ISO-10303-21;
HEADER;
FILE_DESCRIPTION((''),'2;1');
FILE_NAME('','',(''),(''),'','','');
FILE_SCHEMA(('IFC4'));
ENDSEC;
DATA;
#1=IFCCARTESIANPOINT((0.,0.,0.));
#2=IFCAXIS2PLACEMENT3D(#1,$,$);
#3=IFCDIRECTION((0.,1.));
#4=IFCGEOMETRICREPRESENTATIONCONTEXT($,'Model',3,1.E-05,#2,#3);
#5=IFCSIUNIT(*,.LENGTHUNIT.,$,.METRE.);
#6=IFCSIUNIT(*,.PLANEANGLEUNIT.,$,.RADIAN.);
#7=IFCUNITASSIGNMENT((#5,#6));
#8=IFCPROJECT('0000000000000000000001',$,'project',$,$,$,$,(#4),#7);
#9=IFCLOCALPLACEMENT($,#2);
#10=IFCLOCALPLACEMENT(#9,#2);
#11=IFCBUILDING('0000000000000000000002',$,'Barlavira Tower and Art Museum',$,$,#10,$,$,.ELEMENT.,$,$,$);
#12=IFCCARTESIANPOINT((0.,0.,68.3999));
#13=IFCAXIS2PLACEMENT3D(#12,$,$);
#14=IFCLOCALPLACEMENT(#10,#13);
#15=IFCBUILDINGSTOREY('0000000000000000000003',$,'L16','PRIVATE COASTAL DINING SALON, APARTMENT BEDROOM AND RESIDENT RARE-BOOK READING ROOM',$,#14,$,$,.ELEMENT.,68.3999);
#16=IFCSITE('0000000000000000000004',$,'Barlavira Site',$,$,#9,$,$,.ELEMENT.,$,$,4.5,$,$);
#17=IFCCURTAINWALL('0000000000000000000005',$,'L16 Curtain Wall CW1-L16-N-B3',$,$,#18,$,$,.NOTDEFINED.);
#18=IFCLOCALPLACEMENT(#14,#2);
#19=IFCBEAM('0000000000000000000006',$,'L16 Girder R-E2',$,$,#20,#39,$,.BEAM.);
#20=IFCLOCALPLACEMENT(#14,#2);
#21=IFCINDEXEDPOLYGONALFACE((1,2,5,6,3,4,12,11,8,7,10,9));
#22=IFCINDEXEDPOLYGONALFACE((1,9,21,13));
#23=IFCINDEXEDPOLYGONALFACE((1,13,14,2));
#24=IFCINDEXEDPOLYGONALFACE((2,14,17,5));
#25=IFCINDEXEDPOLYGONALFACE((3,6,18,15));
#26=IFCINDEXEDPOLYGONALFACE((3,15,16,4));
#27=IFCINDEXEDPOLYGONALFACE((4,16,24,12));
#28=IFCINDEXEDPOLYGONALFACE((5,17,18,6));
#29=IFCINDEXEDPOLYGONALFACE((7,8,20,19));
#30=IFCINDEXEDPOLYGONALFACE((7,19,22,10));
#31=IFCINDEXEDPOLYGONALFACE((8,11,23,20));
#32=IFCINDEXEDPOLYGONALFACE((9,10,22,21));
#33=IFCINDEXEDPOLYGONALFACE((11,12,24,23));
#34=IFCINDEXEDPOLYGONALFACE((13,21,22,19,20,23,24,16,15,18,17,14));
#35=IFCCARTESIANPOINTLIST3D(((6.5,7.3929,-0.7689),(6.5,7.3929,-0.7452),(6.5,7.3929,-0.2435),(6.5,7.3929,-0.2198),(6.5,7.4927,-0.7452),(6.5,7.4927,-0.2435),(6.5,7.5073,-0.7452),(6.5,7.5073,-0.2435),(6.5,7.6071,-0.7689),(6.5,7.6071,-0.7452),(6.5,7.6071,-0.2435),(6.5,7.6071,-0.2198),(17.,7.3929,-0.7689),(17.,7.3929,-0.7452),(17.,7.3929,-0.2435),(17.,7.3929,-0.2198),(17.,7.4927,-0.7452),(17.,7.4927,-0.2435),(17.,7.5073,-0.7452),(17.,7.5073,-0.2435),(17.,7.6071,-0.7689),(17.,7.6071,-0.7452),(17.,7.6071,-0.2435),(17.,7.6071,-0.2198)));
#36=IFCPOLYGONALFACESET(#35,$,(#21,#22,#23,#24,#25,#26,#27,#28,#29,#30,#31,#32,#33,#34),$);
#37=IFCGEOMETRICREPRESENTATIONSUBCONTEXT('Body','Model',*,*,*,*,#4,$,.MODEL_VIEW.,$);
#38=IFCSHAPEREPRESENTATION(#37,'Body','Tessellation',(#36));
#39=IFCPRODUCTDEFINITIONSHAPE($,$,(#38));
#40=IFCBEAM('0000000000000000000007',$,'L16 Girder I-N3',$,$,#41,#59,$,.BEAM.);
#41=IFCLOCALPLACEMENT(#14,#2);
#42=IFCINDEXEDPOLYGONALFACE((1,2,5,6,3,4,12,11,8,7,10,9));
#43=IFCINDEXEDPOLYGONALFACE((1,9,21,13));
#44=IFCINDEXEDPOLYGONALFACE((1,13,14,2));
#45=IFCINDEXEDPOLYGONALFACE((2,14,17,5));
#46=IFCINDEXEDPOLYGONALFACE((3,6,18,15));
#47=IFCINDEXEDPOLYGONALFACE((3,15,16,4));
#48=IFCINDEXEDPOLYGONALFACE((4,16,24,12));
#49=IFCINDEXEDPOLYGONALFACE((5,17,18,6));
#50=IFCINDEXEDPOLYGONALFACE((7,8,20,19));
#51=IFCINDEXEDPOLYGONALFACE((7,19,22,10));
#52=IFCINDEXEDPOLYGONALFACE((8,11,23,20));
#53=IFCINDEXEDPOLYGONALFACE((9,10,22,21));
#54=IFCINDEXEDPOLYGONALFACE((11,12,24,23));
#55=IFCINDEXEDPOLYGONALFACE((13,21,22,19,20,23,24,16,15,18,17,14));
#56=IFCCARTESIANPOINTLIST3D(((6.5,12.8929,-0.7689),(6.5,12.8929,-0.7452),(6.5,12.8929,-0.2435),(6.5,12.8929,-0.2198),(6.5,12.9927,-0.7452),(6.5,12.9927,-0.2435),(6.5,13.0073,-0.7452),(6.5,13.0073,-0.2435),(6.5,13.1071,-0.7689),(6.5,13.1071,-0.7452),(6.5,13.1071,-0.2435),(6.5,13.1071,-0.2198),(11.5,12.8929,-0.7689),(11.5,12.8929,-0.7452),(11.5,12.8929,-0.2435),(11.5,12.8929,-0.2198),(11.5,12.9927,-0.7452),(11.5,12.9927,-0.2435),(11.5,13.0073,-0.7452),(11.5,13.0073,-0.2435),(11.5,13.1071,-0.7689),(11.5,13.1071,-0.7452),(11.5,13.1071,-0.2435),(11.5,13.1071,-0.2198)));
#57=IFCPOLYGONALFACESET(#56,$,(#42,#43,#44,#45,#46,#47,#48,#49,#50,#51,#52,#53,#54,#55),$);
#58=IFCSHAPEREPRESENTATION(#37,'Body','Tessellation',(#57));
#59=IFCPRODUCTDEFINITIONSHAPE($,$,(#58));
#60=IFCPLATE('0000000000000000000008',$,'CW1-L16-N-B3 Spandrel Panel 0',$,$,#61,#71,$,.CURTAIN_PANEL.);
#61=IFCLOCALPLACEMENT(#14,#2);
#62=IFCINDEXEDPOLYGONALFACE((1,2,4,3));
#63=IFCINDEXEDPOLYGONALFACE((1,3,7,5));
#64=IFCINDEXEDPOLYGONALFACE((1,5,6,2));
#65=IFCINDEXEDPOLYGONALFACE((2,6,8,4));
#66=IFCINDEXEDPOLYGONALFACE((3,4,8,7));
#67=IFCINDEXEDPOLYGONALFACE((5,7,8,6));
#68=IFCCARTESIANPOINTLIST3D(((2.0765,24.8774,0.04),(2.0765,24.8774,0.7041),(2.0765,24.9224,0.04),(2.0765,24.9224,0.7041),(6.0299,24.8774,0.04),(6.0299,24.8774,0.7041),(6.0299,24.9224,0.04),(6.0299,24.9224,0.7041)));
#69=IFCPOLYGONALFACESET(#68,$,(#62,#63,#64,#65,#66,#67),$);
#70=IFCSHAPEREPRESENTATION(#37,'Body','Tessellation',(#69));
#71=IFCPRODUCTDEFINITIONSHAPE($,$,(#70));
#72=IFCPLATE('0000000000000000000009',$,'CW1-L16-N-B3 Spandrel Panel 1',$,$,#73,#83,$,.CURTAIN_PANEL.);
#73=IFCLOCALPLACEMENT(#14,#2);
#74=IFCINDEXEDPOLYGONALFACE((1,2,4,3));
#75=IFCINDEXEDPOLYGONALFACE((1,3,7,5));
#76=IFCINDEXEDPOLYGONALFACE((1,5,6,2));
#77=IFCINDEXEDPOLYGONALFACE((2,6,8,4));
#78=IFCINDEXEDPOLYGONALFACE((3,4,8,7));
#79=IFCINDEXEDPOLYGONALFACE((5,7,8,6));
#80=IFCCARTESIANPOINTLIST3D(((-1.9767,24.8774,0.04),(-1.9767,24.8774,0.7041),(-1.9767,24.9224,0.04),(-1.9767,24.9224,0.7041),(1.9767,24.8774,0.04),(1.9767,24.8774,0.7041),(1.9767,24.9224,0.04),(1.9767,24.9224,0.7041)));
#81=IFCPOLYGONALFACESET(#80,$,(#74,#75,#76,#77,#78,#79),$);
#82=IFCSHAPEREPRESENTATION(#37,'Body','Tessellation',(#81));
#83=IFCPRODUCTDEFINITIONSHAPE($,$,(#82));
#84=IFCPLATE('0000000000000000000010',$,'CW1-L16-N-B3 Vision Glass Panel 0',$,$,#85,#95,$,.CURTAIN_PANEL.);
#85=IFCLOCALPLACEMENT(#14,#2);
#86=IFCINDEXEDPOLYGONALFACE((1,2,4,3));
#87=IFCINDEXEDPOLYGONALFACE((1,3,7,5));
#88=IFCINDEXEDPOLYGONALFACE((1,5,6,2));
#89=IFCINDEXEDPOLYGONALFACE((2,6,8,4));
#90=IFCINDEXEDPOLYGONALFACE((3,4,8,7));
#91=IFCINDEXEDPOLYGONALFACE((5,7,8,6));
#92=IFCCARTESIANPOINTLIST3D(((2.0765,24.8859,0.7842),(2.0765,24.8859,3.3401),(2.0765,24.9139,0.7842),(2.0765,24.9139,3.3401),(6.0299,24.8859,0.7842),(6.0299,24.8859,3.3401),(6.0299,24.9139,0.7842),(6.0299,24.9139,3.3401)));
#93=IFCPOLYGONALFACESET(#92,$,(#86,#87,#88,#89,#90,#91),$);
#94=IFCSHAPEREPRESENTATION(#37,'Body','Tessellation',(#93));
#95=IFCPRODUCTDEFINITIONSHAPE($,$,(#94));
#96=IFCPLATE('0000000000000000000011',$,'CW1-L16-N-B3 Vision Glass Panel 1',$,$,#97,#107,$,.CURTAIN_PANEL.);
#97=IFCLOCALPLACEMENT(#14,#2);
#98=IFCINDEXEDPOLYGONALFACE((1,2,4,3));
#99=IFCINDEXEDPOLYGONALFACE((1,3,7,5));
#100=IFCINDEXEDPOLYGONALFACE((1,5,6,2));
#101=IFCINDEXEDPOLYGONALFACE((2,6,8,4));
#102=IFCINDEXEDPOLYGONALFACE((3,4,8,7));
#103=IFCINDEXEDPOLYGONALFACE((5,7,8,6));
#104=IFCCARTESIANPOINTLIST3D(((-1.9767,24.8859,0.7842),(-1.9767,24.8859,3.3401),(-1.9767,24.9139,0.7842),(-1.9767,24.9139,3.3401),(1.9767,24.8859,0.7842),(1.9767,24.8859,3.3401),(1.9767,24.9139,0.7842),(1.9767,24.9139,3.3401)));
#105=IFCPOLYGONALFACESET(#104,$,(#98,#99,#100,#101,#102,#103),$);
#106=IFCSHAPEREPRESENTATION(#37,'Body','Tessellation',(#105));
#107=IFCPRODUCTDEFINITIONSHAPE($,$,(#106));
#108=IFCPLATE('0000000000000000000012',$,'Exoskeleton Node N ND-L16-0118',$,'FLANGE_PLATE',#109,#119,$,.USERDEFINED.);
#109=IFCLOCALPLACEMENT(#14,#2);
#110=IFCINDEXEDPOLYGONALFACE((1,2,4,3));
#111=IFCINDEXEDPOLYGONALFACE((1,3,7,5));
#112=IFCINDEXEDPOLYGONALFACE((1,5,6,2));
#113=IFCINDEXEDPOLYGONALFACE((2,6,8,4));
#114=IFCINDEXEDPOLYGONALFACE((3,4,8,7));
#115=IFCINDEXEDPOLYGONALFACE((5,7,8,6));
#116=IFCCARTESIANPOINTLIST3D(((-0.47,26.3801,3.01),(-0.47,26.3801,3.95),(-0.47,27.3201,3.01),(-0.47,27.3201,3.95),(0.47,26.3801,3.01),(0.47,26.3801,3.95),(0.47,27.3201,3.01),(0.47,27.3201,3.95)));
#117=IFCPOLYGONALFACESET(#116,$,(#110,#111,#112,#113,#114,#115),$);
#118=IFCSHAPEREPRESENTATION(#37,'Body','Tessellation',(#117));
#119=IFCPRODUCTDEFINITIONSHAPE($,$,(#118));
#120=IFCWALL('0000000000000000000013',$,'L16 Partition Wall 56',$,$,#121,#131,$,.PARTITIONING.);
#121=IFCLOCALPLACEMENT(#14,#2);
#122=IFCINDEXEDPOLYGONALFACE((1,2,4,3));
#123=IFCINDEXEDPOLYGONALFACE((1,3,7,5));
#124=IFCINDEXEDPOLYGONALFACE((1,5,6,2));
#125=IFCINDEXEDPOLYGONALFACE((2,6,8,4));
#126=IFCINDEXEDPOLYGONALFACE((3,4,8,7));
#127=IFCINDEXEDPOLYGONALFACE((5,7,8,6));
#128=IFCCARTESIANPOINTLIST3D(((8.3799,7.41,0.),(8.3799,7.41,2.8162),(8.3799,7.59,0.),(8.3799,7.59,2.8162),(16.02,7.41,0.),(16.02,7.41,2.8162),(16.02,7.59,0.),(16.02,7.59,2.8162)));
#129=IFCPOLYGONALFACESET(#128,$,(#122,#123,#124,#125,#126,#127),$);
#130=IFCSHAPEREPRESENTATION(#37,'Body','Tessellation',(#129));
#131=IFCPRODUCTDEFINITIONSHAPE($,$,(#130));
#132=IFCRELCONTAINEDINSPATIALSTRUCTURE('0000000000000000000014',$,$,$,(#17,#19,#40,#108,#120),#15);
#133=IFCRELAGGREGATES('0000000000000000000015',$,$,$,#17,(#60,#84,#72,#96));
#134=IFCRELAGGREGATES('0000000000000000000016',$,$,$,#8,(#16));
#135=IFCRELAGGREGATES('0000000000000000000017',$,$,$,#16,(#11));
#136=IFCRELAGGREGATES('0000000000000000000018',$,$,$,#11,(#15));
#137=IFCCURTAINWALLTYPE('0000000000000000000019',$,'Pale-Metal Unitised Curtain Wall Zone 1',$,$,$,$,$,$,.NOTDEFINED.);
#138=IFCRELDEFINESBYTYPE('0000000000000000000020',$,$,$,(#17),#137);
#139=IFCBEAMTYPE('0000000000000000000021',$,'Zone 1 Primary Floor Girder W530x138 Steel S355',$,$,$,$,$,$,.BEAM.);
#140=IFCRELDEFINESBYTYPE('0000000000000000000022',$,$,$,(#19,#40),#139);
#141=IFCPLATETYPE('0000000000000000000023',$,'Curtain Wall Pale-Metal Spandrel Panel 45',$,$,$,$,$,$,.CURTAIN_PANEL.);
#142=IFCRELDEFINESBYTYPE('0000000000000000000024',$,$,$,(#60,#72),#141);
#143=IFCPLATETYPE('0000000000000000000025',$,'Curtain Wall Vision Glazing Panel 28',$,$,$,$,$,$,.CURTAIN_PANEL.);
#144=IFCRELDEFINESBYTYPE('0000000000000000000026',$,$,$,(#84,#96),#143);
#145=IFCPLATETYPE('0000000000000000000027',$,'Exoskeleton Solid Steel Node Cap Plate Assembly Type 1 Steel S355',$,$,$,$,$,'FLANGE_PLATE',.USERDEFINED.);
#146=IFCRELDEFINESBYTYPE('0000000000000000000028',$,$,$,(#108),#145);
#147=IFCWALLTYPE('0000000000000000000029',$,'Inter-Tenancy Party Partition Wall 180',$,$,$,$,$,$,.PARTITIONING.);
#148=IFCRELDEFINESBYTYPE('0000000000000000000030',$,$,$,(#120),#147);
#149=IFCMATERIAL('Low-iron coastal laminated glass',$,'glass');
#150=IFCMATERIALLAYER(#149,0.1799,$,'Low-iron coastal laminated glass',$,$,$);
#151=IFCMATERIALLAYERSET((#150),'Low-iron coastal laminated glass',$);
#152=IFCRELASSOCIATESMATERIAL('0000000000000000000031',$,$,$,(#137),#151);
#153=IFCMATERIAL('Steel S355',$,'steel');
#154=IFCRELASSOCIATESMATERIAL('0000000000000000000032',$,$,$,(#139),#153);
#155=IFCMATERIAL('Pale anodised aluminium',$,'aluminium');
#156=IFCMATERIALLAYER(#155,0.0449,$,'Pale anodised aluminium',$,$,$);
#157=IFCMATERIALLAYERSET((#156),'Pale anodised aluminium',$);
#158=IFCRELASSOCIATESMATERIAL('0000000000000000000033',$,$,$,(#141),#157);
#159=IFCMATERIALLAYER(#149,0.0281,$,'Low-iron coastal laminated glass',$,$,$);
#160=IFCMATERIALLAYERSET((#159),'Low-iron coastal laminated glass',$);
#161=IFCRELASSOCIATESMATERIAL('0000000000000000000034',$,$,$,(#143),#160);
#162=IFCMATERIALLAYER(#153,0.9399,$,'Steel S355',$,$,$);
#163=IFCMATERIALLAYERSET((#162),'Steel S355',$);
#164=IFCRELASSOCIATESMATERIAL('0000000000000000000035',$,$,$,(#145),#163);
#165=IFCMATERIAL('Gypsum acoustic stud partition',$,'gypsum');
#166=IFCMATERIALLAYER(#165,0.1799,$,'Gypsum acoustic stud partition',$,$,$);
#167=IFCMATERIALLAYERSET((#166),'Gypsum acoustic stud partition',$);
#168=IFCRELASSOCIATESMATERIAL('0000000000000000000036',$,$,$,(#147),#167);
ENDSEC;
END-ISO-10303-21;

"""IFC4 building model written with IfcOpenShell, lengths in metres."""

from ifc_helpers import new_model, si_unit, direction, frame, frame_2d, origin, origin_2d, place, context, subcontext, project, spatial, rectangle, i_section, extrude, material, layer, layer_set, material_profile, profile_set, type_object, element, aggregate, save


model = new_model("IFC4")

# Units and contexts
model_context = context("Model", 3, precision=1e-05, world=origin(), true_north=direction((0.0, 1.0)))
body_context = subcontext(model_context, "Body", "Model", "MODEL_VIEW")
ifc_project = project(units=[si_unit("LENGTHUNIT", "METRE"), si_unit("PLANEANGLEUNIT", "RADIAN")], contexts=[model_context])

# Site, building, storey
site_placement = place(None, origin())
site = spatial("IfcSite", under=ifc_project, at=site_placement, Name="Barlavira Site", CompositionType="ELEMENT", RefElevation=4.5)
building_placement = place(site_placement, origin())
building = spatial("IfcBuilding", under=site, at=building_placement, Name="Barlavira Tower and Art Museum", CompositionType="ELEMENT")
storey_placement = place(building_placement, frame((0.0, 0.0, 68.3999)))
storey = spatial("IfcBuildingStorey", under=building, at=storey_placement, Name="L16", Description="PRIVATE COASTAL DINING SALON, APARTMENT BEDROOM AND RESIDENT RARE-BOOK READING ROOM", CompositionType="ELEMENT", Elevation=68.3999)

# Curtain wall
ifc_material_1 = material(Name="Low-iron coastal laminated glass", Category="glass")
ifc_layer_1 = layer(ifc_material_1, 0.1799, Name="Low-iron coastal laminated glass")
ifc_layer_set_1 = layer_set([ifc_layer_1], Name="Low-iron coastal laminated glass")
curtain_wall_type = type_object("IfcCurtainWallType", Name="Pale-Metal Unitised Curtain Wall Zone 1", PredefinedType="NOTDEFINED", material=ifc_layer_set_1)
curtain_wall_placement = place(storey_placement, origin())
curtain_wall = element("IfcCurtainWall", 1, at=curtain_wall_placement, inside=storey, type_object=curtain_wall_type, Name="L16 Curtain Wall CW1-L16-N-B3", PredefinedType="NOTDEFINED")
ifc_material_2 = material(Name="Pale anodised aluminium", Category="aluminium")

# Shared definitions
ifc_material_3 = material(Name="Steel S355", Category="steel")

# Beams
ifc_material_profile_1 = material_profile(ifc_material_3, i_section(OverallWidth=0.2141, OverallDepth=0.5491, WebThickness=0.0146, FlangeThickness=0.0237, at=origin_2d()), Name="W530x138.0")
ifc_profile_set_1 = profile_set([ifc_material_profile_1], Name="Steel S355")
beam_type_1 = type_object("IfcBeamType", Name="Zone 1 Primary Floor Girder W530x138 Steel S355", PredefinedType="BEAM", material=ifc_profile_set_1)
beam_1_placement = place(storey_placement, frame((6.5, 7.5, -0.4944), z_axis=(1.0, 0.0, 0.0), x_axis=(0.0, 1.0, 0.0)))
element("IfcBeam", 2, at=beam_1_placement, inside=storey, type_object=beam_type_1, Name="L16 Girder R-E2", PredefinedType="BEAM", context=body_context, shape_type="SweptSolid", body=[
    extrude(i_section(OverallWidth=0.2141, OverallDepth=0.5491, WebThickness=0.0146, FlangeThickness=0.0237, at=origin_2d()), origin(), (0.0, 0.0, 1.0), 10.5),
])
beam_2_placement = place(storey_placement, frame((6.5, 13.0, -0.4944), z_axis=(1.0, 0.0, 0.0), x_axis=(0.0, 1.0, 0.0)))
element("IfcBeam", 3, at=beam_2_placement, inside=storey, type_object=beam_type_1, Name="L16 Girder I-N3", PredefinedType="BEAM", context=body_context, shape_type="SweptSolid", body=[
    extrude(i_section(OverallWidth=0.2141, OverallDepth=0.5491, WebThickness=0.0146, FlangeThickness=0.0237, at=origin_2d()), origin(), (0.0, 0.0, 1.0), 5.0),
])

# Plates
ifc_layer_2 = layer(ifc_material_2, 0.0449, Name="Pale anodised aluminium")
ifc_layer_set_2 = layer_set([ifc_layer_2], Name="Pale anodised aluminium")
plate_type_1 = type_object("IfcPlateType", Name="Curtain Wall Pale-Metal Spandrel Panel 45", PredefinedType="CURTAIN_PANEL", material=ifc_layer_set_2)
plate_1_placement = place(storey_placement, frame((4.0532, 24.8999, 0.04), z_axis=(0.0, 0.0, 1.0), x_axis=(-1.0, 0.0, 0.0)))
plate_1 = element("IfcPlate", 4, at=plate_1_placement, type_object=plate_type_1, Name="CW1-L16-N-B3 Spandrel Panel 0", PredefinedType="CURTAIN_PANEL", context=body_context, shape_type="SweptSolid", body=[
    extrude(rectangle(XDim=3.9534, YDim=0.0449, at=origin_2d()), origin(), (0.0, 0.0, 1.0), 0.6641),
])
plate_2_placement = place(storey_placement, frame((0.0, 24.8999, 0.04), z_axis=(0.0, 0.0, 1.0), x_axis=(-1.0, 0.0, 0.0)))
plate_2 = element("IfcPlate", 5, at=plate_2_placement, type_object=plate_type_1, Name="CW1-L16-N-B3 Spandrel Panel 1", PredefinedType="CURTAIN_PANEL", context=body_context, shape_type="SweptSolid", body=[
    extrude(rectangle(XDim=3.9534, YDim=0.0449, at=origin_2d()), origin(), (0.0, 0.0, 1.0), 0.6641),
])
ifc_layer_3 = layer(ifc_material_1, 0.0281, Name="Low-iron coastal laminated glass")
ifc_layer_set_3 = layer_set([ifc_layer_3], Name="Low-iron coastal laminated glass")
plate_type_2 = type_object("IfcPlateType", Name="Curtain Wall Vision Glazing Panel 28", PredefinedType="CURTAIN_PANEL", material=ifc_layer_set_3)
plate_3_placement = place(storey_placement, frame((4.0532, 24.8999, 0.7842), z_axis=(0.0, 0.0, 1.0), x_axis=(-1.0, 0.0, 0.0)))
plate_3 = element("IfcPlate", 6, at=plate_3_placement, type_object=plate_type_2, Name="CW1-L16-N-B3 Vision Glass Panel 0", PredefinedType="CURTAIN_PANEL", context=body_context, shape_type="SweptSolid", body=[
    extrude(rectangle(XDim=3.9534, YDim=0.0281, at=origin_2d()), origin(), (0.0, 0.0, 1.0), 2.5559),
])
plate_4_placement = place(storey_placement, frame((0.0, 24.8999, 0.7842), z_axis=(0.0, 0.0, 1.0), x_axis=(-1.0, 0.0, 0.0)))
plate_4 = element("IfcPlate", 7, at=plate_4_placement, type_object=plate_type_2, Name="CW1-L16-N-B3 Vision Glass Panel 1", PredefinedType="CURTAIN_PANEL", context=body_context, shape_type="SweptSolid", body=[
    extrude(rectangle(XDim=3.9534, YDim=0.0281, at=origin_2d()), origin(), (0.0, 0.0, 1.0), 2.5559),
])
aggregate(curtain_wall, [plate_1, plate_3, plate_2, plate_4])
ifc_layer_4 = layer(ifc_material_3, 0.9399, Name="Steel S355")
ifc_layer_set_4 = layer_set([ifc_layer_4], Name="Steel S355")
plate_type_3 = type_object("IfcPlateType", Name="Exoskeleton Solid Steel Node Cap Plate Assembly Type 1 Steel S355", ElementType="FLANGE_PLATE", PredefinedType="USERDEFINED", material=ifc_layer_set_4)
plate_5_placement = place(storey_placement, frame((0.0, 26.8501, 3.01), z_axis=(0.0, 0.0, 1.0), x_axis=(1.0, 0.0, 0.0)))
element("IfcPlate", 8, at=plate_5_placement, inside=storey, type_object=plate_type_3, Name="Exoskeleton Node N ND-L16-0118", ObjectType="FLANGE_PLATE", PredefinedType="USERDEFINED", context=body_context, shape_type="SweptSolid", body=[
    extrude(rectangle(XDim=0.9399, YDim=0.9399, at=origin_2d()), origin(), (0.0, 0.0, 1.0), 0.9399),
])

# Wall
ifc_material_4 = material(Name="Gypsum acoustic stud partition", Category="gypsum")
ifc_layer_5 = layer(ifc_material_4, 0.1799, Name="Gypsum acoustic stud partition")
ifc_layer_set_5 = layer_set([ifc_layer_5], Name="Gypsum acoustic stud partition")
wall_type = type_object("IfcWallType", Name="Inter-Tenancy Party Partition Wall 180", PredefinedType="PARTITIONING", material=ifc_layer_set_5)
wall_placement = place(storey_placement, frame((8.3799, 7.5, 0.0), z_axis=(0.0, 0.0, 1.0), x_axis=(1.0, 0.0, 0.0)))
element("IfcWall", 9, at=wall_placement, inside=storey, type_object=wall_type, Name="L16 Partition Wall 56", PredefinedType="PARTITIONING", context=body_context, shape_type="SweptSolid", body=[
    extrude(rectangle(XDim=7.6401, YDim=0.1799, at=frame_2d((3.8201, 0.0))), origin(), (0.0, 0.0, 1.0), 2.8162),
])

save(model, "model.ifc")
